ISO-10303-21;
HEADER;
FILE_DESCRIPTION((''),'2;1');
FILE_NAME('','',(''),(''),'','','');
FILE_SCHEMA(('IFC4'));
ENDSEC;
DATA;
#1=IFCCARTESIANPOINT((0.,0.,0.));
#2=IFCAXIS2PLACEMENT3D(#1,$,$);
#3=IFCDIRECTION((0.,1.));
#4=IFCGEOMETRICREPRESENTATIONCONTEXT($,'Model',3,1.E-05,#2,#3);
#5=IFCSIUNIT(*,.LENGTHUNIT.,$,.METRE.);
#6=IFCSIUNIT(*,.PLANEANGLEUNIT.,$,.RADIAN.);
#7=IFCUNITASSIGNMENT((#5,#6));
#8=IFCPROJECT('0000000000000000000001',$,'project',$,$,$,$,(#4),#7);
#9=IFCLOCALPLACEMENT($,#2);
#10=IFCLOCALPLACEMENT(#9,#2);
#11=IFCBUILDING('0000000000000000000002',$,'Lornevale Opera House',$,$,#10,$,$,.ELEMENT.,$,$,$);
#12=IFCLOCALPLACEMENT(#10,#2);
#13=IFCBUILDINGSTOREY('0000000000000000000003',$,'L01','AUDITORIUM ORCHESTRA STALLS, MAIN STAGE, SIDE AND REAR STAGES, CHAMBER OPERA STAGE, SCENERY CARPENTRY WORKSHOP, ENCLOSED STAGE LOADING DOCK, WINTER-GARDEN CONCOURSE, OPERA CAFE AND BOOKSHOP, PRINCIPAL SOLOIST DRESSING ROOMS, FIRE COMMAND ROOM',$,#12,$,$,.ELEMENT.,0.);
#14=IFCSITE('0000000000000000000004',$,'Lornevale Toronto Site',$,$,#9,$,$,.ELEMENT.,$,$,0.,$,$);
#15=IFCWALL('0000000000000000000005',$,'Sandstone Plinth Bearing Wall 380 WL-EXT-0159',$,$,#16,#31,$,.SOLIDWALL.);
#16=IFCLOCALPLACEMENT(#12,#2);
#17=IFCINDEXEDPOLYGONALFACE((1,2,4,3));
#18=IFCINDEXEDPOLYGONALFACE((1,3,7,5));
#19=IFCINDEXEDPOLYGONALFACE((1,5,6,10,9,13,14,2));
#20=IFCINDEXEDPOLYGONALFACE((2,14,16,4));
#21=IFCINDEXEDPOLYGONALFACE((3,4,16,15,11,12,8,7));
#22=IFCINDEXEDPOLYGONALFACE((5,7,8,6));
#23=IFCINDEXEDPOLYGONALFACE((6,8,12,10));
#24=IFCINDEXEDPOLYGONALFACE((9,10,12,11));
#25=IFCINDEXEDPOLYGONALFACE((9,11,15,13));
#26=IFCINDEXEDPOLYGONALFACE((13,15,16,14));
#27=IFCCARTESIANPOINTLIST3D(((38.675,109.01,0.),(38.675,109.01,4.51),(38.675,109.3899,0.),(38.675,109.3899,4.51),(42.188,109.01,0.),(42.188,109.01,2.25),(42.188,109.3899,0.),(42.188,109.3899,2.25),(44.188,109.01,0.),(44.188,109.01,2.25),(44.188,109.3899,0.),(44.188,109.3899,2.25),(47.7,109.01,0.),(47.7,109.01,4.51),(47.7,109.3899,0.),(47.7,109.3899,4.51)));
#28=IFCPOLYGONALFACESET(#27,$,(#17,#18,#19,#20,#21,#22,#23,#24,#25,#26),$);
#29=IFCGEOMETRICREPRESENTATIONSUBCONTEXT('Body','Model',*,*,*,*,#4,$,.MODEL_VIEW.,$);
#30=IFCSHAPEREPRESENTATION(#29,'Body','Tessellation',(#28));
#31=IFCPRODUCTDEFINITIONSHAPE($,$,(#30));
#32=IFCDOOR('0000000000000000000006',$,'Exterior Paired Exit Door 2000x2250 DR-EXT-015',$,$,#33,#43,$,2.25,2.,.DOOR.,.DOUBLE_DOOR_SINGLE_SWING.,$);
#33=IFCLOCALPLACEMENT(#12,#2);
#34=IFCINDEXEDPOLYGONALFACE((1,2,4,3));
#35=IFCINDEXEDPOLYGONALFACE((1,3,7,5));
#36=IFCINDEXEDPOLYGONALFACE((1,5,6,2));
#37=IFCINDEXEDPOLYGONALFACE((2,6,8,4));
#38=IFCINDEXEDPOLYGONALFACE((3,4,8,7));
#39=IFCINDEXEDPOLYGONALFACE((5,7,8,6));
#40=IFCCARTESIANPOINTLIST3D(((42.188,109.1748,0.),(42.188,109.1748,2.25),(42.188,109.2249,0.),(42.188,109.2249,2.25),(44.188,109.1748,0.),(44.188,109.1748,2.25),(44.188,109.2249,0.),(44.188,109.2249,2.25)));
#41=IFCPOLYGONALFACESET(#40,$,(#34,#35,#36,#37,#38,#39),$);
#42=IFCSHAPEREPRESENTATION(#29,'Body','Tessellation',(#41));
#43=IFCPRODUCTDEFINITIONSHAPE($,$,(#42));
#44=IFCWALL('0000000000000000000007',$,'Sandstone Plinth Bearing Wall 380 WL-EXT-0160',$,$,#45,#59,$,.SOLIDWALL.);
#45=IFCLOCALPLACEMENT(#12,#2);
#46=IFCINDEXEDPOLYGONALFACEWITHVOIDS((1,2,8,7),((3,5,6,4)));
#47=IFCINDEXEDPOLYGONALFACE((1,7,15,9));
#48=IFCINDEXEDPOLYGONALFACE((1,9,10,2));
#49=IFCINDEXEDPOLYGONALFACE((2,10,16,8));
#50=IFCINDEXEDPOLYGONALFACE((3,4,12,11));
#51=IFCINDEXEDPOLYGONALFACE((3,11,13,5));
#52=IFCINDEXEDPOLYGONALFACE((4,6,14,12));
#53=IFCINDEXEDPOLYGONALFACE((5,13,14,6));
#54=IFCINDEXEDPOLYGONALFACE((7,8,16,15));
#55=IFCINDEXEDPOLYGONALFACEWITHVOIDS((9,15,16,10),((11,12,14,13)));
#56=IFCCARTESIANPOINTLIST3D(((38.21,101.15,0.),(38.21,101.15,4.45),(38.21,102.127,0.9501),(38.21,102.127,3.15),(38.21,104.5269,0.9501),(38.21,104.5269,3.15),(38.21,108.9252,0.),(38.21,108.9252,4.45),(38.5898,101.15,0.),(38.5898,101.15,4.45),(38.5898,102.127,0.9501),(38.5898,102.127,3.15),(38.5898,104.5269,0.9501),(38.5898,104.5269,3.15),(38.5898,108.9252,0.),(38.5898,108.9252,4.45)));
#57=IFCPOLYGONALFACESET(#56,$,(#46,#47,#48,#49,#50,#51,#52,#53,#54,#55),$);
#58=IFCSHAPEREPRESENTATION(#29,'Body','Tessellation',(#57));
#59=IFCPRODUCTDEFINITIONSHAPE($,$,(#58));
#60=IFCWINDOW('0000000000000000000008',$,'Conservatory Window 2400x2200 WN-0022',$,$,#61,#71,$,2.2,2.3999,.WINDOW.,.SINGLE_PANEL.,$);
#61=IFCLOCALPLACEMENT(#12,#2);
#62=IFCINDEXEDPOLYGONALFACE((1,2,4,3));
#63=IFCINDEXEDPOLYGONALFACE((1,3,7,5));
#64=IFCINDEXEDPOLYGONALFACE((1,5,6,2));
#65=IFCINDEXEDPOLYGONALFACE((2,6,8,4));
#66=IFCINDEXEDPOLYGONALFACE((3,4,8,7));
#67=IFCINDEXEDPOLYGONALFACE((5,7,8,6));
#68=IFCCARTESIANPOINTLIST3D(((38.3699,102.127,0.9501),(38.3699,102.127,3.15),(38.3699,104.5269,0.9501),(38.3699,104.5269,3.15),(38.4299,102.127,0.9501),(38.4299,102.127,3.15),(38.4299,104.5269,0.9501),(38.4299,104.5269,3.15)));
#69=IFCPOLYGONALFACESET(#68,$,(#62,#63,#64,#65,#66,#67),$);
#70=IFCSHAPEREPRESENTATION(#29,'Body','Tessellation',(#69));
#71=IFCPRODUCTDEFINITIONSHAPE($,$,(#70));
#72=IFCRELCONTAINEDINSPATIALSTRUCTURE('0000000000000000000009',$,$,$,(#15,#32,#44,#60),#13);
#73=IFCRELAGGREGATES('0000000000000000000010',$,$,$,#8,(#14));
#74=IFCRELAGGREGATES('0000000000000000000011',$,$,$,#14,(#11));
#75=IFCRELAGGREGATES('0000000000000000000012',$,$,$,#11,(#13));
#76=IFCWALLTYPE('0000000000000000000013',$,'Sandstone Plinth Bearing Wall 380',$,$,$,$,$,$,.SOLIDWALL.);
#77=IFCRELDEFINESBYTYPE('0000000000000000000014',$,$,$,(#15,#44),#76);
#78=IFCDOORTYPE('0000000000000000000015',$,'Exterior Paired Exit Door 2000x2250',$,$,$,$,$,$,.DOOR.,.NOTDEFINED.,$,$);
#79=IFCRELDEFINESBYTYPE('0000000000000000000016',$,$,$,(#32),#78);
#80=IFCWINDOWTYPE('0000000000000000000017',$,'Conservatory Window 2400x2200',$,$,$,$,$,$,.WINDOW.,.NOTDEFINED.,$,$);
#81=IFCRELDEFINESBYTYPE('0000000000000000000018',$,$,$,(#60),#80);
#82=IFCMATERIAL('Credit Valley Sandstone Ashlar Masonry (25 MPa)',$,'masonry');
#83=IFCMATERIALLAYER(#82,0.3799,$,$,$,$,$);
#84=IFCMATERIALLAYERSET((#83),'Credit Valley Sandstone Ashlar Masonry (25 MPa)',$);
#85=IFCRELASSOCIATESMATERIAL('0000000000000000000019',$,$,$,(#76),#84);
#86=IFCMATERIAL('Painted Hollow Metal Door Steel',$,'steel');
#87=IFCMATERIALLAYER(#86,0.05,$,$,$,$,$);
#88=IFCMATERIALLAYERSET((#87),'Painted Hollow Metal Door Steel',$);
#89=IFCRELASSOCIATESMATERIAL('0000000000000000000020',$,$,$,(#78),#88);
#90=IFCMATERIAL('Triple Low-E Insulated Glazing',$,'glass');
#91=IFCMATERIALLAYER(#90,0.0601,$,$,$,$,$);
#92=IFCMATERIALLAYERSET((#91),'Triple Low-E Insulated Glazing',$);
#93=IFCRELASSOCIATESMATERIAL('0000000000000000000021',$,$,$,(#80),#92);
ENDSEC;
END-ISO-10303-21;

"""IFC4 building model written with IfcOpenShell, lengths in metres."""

from ifc_helpers import new_model, si_unit, direction, frame, frame_2d, origin, place, context, subcontext, project, spatial, rectangle, extrude, material, layer, layer_set, type_object, element, fill, save


model = new_model("IFC4")

# Units and contexts
model_context = context("Model", 3, precision=1e-05, world=origin(), true_north=direction((0.0, 1.0)))
body_context = subcontext(model_context, "Body", "Model", "MODEL_VIEW")
ifc_project = project(units=[si_unit("LENGTHUNIT", "METRE"), si_unit("PLANEANGLEUNIT", "RADIAN")], contexts=[model_context])

# Site, building, storey
site_placement = place(None, origin())
site = spatial("IfcSite", under=ifc_project, at=site_placement, Name="Lornevale Toronto Site", CompositionType="ELEMENT", RefElevation=0.0)
building_placement = place(site_placement, origin())
building = spatial("IfcBuilding", under=site, at=building_placement, Name="Lornevale Opera House", CompositionType="ELEMENT")
storey_placement = place(building_placement, origin())
storey = spatial("IfcBuildingStorey", under=building, at=storey_placement, Name="L01", Description="AUDITORIUM ORCHESTRA STALLS, MAIN STAGE, SIDE AND REAR STAGES, CHAMBER OPERA STAGE, SCENERY CARPENTRY WORKSHOP, ENCLOSED STAGE LOADING DOCK, WINTER-GARDEN CONCOURSE, OPERA CAFE AND BOOKSHOP, PRINCIPAL SOLOIST DRESSING ROOMS, FIRE COMMAND ROOM", CompositionType="ELEMENT", Elevation=0.0)

# Shared definitions
ifc_material_1 = material(Name="Credit Valley Sandstone Ashlar Masonry (25 MPa)", Category="masonry")
ifc_layer_1 = layer(ifc_material_1, 0.3799)
ifc_layer_set_1 = layer_set([ifc_layer_1], Name="Credit Valley Sandstone Ashlar Masonry (25 MPa)")
wall_type_1 = type_object("IfcWallType", Name="Sandstone Plinth Bearing Wall 380", PredefinedType="SOLIDWALL", material=ifc_layer_set_1)

# Wall, opening, door
wall_1_placement = place(storey_placement, frame((38.675, 109.2, 0.0), z_axis=(0.0, 0.0, 1.0), x_axis=(1.0, 0.0, 0.0)))
wall_1 = element("IfcWall", 1, at=wall_1_placement, inside=storey, type_object=wall_type_1, Name="Sandstone Plinth Bearing Wall 380 WL-EXT-0159", PredefinedType="SOLIDWALL", context=body_context, shape_type="SweptSolid", body=[
    extrude(rectangle(XDim=9.0249, YDim=0.3799, at=frame_2d((4.5125, 0.0))), origin(), (0.0, 0.0, 1.0), 4.51),
])
opening_1_placement = place(wall_1_placement, frame((3.5129, 0.0, 0.0)))
opening_1 = element("IfcOpeningElement", 2, at=opening_1_placement, cuts=wall_1, PredefinedType="OPENING", context=body_context, shape_type="SweptSolid", body=[
    extrude(rectangle(XDim=2.0, YDim=2.25, at=frame_2d((1.0, 1.125))), frame((0.0, 0.2, 0.0), z_axis=(0.0, -1.0, 0.0), x_axis=(1.0, 0.0, 0.0)), (0.0, 0.0, 1.0), 0.3999),
])
ifc_material_2 = material(Name="Painted Hollow Metal Door Steel", Category="steel")
ifc_layer_2 = layer(ifc_material_2, 0.05)
ifc_layer_set_2 = layer_set([ifc_layer_2], Name="Painted Hollow Metal Door Steel")
door_type = type_object("IfcDoorType", Name="Exterior Paired Exit Door 2000x2250", OperationType="NOTDEFINED", PredefinedType="DOOR", material=ifc_layer_set_2)
door_placement = place(opening_1_placement, origin())
door = element("IfcDoor", 3, at=door_placement, inside=storey, type_object=door_type, Name="Exterior Paired Exit Door 2000x2250 DR-EXT-015", OperationType="DOUBLE_DOOR_SINGLE_SWING", OverallHeight=2.25, OverallWidth=2.0, PredefinedType="DOOR", context=body_context, shape_type="SweptSolid", body=[
    extrude(rectangle(XDim=2.0, YDim=2.25, at=frame_2d((1.0, 1.125))), frame((0.0, 0.0249, 0.0), z_axis=(0.0, -1.0, 0.0), x_axis=(1.0, 0.0, 0.0)), (0.0, 0.0, 1.0), 0.05),
])
fill(opening_1, door)

# Wall, opening, window
wall_2_placement = place(storey_placement, frame((38.3999, 101.1499, 0.0), z_axis=(0.0, 0.0, 1.0), x_axis=(0.0, 1.0, 0.0)))
wall_2 = element("IfcWall", 4, at=wall_2_placement, inside=storey, type_object=wall_type_1, Name="Sandstone Plinth Bearing Wall 380 WL-EXT-0160", PredefinedType="SOLIDWALL", context=body_context, shape_type="SweptSolid", body=[
    extrude(rectangle(XDim=7.7751, YDim=0.3799, at=frame_2d((3.8877, 0.0))), origin(), (0.0, 0.0, 1.0), 4.45),
])
opening_2_placement = place(wall_2_placement, frame((0.9771, 0.0, 0.95)))
opening_2 = element("IfcOpeningElement", 5, at=opening_2_placement, cuts=wall_2, PredefinedType="OPENING", context=body_context, shape_type="SweptSolid", body=[
    extrude(rectangle(XDim=2.3999, YDim=2.2, at=frame_2d((1.2, 1.1001))), frame((0.0, 0.2, 0.0), z_axis=(0.0, -1.0, 0.0), x_axis=(1.0, 0.0, 0.0)), (0.0, 0.0, 1.0), 0.3999),
])
ifc_material_3 = material(Name="Triple Low-E Insulated Glazing", Category="glass")
ifc_layer_3 = layer(ifc_material_3, 0.0601)
ifc_layer_set_3 = layer_set([ifc_layer_3], Name="Triple Low-E Insulated Glazing")
window_type = type_object("IfcWindowType", Name="Conservatory Window 2400x2200", PartitioningType="NOTDEFINED", PredefinedType="WINDOW", material=ifc_layer_set_3)
window_placement = place(opening_2_placement, origin())
window = element("IfcWindow", 6, at=window_placement, inside=storey, type_object=window_type, Name="Conservatory Window 2400x2200 WN-0022", OverallHeight=2.2, OverallWidth=2.3999, PartitioningType="SINGLE_PANEL", PredefinedType="WINDOW", context=body_context, shape_type="SweptSolid", body=[
    extrude(rectangle(XDim=2.3999, YDim=2.2, at=frame_2d((1.2, 1.1001))), frame((0.0, 0.03, 0.0), z_axis=(0.0, -1.0, 0.0), x_axis=(1.0, 0.0, 0.0)), (0.0, 0.0, 1.0), 0.0601),
])
fill(opening_2, window)

save(model, "model.ifc")
